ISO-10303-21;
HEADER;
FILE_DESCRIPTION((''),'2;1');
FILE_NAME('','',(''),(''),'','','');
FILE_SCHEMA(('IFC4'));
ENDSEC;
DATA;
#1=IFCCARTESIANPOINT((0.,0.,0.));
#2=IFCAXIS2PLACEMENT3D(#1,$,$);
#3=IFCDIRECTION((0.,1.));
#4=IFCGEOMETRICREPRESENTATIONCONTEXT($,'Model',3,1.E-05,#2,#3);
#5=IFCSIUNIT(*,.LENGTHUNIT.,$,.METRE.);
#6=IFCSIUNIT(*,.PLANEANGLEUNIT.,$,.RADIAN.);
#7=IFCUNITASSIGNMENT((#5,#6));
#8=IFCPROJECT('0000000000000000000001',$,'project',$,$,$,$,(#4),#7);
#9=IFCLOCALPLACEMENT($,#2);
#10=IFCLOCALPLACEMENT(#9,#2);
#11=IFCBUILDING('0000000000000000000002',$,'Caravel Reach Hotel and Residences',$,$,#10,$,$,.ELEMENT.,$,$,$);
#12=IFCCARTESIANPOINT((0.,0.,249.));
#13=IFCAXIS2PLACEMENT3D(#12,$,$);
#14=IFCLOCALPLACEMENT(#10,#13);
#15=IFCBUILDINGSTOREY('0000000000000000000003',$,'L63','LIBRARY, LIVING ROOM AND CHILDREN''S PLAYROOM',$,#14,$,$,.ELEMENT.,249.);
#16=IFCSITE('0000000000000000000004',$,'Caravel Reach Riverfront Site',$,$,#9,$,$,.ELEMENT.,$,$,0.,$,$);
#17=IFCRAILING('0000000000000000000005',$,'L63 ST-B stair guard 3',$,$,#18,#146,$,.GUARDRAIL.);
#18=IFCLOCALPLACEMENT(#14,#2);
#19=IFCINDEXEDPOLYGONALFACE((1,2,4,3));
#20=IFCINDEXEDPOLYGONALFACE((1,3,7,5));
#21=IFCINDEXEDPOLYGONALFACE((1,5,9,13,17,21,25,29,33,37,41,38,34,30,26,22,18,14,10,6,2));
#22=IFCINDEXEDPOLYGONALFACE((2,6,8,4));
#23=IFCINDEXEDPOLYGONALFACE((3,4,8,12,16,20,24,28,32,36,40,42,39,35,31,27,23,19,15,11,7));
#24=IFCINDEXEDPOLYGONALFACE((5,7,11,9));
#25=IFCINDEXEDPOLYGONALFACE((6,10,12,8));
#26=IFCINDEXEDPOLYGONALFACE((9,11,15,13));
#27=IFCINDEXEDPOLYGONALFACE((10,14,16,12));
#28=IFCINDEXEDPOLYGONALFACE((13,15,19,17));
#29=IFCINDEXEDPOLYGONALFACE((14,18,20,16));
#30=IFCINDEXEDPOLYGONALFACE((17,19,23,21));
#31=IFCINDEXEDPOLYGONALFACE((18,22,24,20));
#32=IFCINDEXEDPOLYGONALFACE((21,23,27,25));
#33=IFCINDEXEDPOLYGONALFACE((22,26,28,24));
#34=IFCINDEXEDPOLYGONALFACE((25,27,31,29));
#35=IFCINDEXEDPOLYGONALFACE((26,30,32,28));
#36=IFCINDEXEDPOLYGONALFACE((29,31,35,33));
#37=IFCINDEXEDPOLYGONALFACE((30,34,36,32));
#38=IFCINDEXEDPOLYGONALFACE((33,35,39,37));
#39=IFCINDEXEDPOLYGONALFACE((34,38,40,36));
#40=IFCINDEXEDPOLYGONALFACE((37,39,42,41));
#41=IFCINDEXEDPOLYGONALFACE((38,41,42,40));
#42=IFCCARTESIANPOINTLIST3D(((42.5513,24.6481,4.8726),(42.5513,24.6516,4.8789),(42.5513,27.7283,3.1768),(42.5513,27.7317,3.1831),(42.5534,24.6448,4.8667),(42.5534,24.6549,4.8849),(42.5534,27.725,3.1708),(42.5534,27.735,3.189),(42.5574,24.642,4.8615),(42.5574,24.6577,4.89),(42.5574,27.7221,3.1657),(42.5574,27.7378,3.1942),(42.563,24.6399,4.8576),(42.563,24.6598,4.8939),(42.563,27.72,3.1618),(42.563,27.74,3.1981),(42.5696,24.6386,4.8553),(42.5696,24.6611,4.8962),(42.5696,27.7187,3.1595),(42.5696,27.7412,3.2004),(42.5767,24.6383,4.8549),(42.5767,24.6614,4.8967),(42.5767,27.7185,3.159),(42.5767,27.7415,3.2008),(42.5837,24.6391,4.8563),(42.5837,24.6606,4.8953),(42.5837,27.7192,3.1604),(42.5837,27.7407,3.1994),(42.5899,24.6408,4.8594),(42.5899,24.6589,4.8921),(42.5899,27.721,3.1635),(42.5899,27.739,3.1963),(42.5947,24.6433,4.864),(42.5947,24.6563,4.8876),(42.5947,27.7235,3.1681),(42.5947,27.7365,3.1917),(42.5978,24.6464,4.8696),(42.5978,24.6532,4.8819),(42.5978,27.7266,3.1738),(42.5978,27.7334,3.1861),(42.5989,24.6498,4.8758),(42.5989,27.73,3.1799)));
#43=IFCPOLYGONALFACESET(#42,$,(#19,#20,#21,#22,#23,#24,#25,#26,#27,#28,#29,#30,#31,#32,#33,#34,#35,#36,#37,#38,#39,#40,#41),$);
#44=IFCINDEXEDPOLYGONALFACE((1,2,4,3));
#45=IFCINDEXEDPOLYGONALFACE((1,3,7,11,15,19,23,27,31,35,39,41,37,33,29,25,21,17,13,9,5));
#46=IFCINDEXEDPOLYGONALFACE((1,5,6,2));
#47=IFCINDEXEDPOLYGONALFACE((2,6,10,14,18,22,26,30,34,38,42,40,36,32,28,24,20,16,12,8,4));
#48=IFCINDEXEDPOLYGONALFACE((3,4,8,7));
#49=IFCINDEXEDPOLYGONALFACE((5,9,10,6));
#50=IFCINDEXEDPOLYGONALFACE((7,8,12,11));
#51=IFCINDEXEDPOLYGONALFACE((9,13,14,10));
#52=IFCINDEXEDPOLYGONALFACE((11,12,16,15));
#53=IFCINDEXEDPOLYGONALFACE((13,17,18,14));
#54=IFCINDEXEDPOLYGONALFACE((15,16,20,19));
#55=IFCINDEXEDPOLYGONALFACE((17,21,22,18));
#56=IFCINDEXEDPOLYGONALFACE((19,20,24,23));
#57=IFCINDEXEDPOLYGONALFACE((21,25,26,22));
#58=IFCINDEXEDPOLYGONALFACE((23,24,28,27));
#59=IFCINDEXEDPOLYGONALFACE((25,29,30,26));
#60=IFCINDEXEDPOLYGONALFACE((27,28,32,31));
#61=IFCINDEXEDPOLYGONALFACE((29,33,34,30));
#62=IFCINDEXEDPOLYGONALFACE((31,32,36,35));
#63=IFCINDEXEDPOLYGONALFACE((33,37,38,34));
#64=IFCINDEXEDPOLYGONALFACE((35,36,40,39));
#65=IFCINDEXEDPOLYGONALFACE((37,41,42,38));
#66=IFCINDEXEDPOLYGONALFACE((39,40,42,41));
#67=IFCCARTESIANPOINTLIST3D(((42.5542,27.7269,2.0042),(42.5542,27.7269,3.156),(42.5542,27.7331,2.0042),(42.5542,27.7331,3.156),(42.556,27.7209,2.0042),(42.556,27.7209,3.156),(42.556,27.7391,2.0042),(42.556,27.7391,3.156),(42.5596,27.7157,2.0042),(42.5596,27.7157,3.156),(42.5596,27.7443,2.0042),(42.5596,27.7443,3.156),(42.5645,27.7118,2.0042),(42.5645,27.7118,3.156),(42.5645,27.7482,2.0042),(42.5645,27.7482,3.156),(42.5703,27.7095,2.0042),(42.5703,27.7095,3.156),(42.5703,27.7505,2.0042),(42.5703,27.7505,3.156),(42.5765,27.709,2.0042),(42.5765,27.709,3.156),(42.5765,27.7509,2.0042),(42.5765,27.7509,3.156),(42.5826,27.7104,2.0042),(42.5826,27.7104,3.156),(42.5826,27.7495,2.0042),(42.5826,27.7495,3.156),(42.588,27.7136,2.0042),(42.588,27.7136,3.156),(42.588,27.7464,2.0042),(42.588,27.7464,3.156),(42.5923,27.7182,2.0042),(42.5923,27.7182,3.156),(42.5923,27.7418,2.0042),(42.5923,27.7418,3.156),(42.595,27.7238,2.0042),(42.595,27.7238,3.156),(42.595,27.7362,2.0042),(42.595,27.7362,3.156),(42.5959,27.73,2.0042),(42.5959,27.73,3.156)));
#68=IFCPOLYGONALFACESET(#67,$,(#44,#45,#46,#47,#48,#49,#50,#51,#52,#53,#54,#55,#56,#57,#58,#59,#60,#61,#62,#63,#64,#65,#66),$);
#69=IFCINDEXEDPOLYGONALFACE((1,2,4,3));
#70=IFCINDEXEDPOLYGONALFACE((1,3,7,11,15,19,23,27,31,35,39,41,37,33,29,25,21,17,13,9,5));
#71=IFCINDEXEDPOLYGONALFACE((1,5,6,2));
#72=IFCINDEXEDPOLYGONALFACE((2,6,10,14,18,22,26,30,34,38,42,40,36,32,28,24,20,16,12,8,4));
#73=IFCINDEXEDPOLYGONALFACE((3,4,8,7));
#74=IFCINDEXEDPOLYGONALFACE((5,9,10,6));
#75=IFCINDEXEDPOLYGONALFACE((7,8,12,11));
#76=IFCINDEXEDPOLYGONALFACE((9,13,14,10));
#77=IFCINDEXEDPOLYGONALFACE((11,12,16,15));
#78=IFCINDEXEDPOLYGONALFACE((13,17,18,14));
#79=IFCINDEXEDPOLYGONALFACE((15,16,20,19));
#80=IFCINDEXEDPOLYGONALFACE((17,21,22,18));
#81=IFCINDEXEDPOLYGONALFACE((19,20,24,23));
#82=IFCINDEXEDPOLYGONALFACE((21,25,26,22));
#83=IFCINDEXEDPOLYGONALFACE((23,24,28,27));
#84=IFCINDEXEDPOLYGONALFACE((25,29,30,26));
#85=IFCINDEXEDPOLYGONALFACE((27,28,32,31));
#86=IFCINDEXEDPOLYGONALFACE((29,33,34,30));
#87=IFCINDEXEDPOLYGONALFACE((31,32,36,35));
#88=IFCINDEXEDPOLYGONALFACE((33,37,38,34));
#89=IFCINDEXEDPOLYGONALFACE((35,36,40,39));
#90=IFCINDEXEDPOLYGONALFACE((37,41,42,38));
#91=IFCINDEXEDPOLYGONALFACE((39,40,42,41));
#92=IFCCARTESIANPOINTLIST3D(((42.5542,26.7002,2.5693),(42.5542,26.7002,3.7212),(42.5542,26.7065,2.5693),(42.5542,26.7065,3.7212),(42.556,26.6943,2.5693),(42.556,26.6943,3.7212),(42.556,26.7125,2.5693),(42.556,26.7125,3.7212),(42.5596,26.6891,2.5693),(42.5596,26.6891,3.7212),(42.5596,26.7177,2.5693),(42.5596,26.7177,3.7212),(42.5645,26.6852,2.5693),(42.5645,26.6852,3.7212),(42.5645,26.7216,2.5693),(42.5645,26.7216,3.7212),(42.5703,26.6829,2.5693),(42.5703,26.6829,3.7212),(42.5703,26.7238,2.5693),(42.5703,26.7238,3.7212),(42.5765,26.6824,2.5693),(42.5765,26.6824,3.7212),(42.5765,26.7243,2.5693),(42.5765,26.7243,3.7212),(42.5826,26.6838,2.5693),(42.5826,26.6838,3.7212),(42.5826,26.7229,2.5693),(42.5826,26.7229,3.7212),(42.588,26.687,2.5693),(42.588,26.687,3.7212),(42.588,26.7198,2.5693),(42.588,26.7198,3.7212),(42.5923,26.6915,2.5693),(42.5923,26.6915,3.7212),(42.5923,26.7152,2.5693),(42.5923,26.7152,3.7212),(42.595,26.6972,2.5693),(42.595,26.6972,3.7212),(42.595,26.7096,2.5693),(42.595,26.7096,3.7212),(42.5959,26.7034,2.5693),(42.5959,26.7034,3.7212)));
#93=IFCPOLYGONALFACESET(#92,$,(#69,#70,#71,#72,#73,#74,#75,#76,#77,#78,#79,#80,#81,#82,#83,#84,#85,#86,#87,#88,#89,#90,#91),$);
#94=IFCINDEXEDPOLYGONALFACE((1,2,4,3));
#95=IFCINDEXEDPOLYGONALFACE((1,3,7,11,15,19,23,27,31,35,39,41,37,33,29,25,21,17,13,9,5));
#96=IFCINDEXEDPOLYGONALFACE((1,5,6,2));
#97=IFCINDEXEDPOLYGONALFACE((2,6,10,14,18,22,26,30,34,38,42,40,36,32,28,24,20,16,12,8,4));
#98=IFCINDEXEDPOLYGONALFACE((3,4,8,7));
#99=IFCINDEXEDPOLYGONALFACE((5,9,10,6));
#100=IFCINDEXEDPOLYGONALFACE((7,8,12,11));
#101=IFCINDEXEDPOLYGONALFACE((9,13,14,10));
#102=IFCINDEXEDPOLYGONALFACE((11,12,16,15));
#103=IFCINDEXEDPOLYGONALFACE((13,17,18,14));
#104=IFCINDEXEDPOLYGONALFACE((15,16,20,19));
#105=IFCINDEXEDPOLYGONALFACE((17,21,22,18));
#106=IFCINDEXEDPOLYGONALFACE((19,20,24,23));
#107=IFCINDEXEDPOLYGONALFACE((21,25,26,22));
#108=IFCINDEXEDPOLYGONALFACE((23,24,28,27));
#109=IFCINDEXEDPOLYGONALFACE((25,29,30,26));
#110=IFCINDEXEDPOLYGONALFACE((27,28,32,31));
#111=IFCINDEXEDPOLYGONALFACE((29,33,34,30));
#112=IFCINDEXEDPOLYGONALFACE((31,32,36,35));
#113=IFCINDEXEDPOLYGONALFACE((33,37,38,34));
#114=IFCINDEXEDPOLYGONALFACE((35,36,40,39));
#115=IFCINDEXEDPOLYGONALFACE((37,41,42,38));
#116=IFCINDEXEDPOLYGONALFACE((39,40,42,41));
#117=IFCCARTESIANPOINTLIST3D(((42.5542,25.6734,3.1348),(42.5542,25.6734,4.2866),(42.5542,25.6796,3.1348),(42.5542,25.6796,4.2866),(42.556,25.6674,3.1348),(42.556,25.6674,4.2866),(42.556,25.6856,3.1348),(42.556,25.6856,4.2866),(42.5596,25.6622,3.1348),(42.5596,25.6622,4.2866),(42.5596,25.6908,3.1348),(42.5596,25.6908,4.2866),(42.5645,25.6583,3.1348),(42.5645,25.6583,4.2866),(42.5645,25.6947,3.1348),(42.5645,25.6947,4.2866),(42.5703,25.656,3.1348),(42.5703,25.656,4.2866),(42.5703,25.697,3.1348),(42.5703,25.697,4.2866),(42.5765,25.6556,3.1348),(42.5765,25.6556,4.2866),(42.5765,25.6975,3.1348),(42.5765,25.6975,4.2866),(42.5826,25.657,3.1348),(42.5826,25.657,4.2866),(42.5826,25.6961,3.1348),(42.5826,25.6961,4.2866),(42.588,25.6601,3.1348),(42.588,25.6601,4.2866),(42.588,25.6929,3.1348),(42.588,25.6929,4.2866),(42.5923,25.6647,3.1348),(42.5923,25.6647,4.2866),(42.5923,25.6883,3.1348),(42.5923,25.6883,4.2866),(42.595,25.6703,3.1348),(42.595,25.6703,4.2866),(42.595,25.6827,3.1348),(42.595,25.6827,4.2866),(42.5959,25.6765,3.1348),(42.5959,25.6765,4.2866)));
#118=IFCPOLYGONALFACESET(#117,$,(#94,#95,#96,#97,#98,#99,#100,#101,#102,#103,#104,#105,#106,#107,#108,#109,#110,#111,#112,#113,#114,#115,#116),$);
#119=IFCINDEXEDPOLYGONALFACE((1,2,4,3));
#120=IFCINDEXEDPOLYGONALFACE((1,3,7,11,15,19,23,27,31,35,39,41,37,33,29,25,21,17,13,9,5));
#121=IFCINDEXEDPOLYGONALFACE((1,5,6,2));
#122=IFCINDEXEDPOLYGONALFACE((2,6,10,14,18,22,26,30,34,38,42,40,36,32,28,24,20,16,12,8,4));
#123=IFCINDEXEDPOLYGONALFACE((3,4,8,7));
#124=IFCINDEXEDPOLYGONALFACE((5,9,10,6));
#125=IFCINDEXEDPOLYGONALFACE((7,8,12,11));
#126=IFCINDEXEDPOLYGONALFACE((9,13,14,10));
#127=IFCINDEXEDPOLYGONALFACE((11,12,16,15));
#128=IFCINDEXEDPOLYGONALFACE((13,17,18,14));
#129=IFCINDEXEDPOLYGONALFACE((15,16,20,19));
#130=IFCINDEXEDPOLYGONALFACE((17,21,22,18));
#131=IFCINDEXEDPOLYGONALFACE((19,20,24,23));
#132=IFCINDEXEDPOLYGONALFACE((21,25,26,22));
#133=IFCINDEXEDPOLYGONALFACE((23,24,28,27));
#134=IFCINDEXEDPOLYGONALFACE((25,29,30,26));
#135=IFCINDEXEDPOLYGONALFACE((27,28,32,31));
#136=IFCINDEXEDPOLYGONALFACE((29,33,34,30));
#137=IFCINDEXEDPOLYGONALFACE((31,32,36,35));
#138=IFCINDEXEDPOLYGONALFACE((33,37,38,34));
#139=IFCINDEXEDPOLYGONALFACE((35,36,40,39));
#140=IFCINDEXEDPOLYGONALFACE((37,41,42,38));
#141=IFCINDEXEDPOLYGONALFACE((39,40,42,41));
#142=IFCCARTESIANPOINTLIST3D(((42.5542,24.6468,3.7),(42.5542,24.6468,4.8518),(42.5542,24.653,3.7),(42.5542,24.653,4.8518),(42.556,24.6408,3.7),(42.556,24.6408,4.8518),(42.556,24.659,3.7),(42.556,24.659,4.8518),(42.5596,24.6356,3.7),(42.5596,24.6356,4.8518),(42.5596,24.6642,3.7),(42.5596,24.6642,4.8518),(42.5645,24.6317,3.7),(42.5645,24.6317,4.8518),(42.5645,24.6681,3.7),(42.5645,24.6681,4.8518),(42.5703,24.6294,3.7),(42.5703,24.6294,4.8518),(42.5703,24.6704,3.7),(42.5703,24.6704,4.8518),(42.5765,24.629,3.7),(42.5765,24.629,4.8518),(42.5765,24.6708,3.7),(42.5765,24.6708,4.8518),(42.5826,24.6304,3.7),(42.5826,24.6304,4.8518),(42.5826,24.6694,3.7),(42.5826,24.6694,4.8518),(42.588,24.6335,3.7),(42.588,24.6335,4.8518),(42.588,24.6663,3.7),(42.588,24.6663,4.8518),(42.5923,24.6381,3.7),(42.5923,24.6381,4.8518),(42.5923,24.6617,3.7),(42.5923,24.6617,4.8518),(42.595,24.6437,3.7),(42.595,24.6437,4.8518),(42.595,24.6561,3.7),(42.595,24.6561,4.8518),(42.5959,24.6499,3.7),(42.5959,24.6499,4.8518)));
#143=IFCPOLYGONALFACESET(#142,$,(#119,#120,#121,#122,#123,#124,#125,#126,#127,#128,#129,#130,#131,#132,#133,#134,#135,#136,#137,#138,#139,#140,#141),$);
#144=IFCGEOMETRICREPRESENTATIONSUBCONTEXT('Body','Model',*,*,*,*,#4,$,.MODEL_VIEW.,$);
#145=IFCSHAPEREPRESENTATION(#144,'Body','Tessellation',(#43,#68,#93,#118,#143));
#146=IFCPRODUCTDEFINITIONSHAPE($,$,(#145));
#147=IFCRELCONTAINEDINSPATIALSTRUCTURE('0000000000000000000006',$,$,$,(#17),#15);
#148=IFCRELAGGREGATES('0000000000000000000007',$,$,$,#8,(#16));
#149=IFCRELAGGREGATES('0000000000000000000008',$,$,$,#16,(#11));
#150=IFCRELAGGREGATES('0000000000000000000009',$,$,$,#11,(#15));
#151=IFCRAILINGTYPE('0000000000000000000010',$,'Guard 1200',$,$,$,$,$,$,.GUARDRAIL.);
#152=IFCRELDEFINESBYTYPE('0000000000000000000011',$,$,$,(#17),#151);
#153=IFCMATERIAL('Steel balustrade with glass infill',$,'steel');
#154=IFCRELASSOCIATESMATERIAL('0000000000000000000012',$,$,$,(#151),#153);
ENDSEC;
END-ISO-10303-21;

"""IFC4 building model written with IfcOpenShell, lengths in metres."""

from ifc_helpers import new_model, si_unit, direction, frame, origin, origin_2d, place, context, subcontext, project, spatial, circle, extrude, material, type_object, element, save


model = new_model("IFC4")

# Units and contexts
model_context = context("Model", 3, precision=1e-05, world=origin(), true_north=direction((0.0, 1.0)))
body_context = subcontext(model_context, "Body", "Model", "MODEL_VIEW")
ifc_project = project(units=[si_unit("LENGTHUNIT", "METRE"), si_unit("PLANEANGLEUNIT", "RADIAN")], contexts=[model_context])

# Site, building, storey
site_placement = place(None, origin())
site = spatial("IfcSite", under=ifc_project, at=site_placement, Name="Caravel Reach Riverfront Site", CompositionType="ELEMENT", RefElevation=0.0)
building_placement = place(site_placement, origin())
building = spatial("IfcBuilding", under=site, at=building_placement, Name="Caravel Reach Hotel and Residences", CompositionType="ELEMENT")
storey_placement = place(building_placement, frame((0.0, 0.0, 249.0)))
storey = spatial("IfcBuildingStorey", under=building, at=storey_placement, Name="L63", Description="LIBRARY, LIVING ROOM AND CHILDREN'S PLAYROOM", CompositionType="ELEMENT", Elevation=249.0)

# Railing
ifc_material_1 = material(Name="Steel balustrade with glass infill", Category="steel")
railing_type_1 = type_object("IfcRailingType", Name="Guard 1200", PredefinedType="GUARDRAIL", material=ifc_material_1)
railing_1_placement = place(storey_placement, frame((42.575, 27.73, 2.0042)))
element("IfcRailing", 1, at=railing_1_placement, inside=storey, type_object=railing_type_1, Name="L63 ST-B stair guard 3", PredefinedType="GUARDRAIL", context=body_context, shape_type="SweptSolid", body=[
    extrude(circle(Radius=0.0239, at=origin_2d()), frame((0.0, 0.0, 1.1758), z_axis=(0.0, -0.876005, 0.482303), x_axis=(1.0, 0.0, 0.0)), (0.0, 0.0, 1.0), 3.5161),
    extrude(circle(Radius=0.021, at=origin_2d()), origin(), (0.0, 0.0, 1.0), 1.1519),
    extrude(circle(Radius=0.021, at=origin_2d()), frame((0.0, -1.0266, 0.5652)), (0.0, 0.0, 1.0), 1.1519),
    extrude(circle(Radius=0.021, at=origin_2d()), frame((0.0, -2.0535, 1.1306)), (0.0, 0.0, 1.0), 1.1519),
    extrude(circle(Radius=0.021, at=origin_2d()), frame((0.0, -3.0801, 1.6958)), (0.0, 0.0, 1.0), 1.1519),
])

save(model, "model.ifc")
